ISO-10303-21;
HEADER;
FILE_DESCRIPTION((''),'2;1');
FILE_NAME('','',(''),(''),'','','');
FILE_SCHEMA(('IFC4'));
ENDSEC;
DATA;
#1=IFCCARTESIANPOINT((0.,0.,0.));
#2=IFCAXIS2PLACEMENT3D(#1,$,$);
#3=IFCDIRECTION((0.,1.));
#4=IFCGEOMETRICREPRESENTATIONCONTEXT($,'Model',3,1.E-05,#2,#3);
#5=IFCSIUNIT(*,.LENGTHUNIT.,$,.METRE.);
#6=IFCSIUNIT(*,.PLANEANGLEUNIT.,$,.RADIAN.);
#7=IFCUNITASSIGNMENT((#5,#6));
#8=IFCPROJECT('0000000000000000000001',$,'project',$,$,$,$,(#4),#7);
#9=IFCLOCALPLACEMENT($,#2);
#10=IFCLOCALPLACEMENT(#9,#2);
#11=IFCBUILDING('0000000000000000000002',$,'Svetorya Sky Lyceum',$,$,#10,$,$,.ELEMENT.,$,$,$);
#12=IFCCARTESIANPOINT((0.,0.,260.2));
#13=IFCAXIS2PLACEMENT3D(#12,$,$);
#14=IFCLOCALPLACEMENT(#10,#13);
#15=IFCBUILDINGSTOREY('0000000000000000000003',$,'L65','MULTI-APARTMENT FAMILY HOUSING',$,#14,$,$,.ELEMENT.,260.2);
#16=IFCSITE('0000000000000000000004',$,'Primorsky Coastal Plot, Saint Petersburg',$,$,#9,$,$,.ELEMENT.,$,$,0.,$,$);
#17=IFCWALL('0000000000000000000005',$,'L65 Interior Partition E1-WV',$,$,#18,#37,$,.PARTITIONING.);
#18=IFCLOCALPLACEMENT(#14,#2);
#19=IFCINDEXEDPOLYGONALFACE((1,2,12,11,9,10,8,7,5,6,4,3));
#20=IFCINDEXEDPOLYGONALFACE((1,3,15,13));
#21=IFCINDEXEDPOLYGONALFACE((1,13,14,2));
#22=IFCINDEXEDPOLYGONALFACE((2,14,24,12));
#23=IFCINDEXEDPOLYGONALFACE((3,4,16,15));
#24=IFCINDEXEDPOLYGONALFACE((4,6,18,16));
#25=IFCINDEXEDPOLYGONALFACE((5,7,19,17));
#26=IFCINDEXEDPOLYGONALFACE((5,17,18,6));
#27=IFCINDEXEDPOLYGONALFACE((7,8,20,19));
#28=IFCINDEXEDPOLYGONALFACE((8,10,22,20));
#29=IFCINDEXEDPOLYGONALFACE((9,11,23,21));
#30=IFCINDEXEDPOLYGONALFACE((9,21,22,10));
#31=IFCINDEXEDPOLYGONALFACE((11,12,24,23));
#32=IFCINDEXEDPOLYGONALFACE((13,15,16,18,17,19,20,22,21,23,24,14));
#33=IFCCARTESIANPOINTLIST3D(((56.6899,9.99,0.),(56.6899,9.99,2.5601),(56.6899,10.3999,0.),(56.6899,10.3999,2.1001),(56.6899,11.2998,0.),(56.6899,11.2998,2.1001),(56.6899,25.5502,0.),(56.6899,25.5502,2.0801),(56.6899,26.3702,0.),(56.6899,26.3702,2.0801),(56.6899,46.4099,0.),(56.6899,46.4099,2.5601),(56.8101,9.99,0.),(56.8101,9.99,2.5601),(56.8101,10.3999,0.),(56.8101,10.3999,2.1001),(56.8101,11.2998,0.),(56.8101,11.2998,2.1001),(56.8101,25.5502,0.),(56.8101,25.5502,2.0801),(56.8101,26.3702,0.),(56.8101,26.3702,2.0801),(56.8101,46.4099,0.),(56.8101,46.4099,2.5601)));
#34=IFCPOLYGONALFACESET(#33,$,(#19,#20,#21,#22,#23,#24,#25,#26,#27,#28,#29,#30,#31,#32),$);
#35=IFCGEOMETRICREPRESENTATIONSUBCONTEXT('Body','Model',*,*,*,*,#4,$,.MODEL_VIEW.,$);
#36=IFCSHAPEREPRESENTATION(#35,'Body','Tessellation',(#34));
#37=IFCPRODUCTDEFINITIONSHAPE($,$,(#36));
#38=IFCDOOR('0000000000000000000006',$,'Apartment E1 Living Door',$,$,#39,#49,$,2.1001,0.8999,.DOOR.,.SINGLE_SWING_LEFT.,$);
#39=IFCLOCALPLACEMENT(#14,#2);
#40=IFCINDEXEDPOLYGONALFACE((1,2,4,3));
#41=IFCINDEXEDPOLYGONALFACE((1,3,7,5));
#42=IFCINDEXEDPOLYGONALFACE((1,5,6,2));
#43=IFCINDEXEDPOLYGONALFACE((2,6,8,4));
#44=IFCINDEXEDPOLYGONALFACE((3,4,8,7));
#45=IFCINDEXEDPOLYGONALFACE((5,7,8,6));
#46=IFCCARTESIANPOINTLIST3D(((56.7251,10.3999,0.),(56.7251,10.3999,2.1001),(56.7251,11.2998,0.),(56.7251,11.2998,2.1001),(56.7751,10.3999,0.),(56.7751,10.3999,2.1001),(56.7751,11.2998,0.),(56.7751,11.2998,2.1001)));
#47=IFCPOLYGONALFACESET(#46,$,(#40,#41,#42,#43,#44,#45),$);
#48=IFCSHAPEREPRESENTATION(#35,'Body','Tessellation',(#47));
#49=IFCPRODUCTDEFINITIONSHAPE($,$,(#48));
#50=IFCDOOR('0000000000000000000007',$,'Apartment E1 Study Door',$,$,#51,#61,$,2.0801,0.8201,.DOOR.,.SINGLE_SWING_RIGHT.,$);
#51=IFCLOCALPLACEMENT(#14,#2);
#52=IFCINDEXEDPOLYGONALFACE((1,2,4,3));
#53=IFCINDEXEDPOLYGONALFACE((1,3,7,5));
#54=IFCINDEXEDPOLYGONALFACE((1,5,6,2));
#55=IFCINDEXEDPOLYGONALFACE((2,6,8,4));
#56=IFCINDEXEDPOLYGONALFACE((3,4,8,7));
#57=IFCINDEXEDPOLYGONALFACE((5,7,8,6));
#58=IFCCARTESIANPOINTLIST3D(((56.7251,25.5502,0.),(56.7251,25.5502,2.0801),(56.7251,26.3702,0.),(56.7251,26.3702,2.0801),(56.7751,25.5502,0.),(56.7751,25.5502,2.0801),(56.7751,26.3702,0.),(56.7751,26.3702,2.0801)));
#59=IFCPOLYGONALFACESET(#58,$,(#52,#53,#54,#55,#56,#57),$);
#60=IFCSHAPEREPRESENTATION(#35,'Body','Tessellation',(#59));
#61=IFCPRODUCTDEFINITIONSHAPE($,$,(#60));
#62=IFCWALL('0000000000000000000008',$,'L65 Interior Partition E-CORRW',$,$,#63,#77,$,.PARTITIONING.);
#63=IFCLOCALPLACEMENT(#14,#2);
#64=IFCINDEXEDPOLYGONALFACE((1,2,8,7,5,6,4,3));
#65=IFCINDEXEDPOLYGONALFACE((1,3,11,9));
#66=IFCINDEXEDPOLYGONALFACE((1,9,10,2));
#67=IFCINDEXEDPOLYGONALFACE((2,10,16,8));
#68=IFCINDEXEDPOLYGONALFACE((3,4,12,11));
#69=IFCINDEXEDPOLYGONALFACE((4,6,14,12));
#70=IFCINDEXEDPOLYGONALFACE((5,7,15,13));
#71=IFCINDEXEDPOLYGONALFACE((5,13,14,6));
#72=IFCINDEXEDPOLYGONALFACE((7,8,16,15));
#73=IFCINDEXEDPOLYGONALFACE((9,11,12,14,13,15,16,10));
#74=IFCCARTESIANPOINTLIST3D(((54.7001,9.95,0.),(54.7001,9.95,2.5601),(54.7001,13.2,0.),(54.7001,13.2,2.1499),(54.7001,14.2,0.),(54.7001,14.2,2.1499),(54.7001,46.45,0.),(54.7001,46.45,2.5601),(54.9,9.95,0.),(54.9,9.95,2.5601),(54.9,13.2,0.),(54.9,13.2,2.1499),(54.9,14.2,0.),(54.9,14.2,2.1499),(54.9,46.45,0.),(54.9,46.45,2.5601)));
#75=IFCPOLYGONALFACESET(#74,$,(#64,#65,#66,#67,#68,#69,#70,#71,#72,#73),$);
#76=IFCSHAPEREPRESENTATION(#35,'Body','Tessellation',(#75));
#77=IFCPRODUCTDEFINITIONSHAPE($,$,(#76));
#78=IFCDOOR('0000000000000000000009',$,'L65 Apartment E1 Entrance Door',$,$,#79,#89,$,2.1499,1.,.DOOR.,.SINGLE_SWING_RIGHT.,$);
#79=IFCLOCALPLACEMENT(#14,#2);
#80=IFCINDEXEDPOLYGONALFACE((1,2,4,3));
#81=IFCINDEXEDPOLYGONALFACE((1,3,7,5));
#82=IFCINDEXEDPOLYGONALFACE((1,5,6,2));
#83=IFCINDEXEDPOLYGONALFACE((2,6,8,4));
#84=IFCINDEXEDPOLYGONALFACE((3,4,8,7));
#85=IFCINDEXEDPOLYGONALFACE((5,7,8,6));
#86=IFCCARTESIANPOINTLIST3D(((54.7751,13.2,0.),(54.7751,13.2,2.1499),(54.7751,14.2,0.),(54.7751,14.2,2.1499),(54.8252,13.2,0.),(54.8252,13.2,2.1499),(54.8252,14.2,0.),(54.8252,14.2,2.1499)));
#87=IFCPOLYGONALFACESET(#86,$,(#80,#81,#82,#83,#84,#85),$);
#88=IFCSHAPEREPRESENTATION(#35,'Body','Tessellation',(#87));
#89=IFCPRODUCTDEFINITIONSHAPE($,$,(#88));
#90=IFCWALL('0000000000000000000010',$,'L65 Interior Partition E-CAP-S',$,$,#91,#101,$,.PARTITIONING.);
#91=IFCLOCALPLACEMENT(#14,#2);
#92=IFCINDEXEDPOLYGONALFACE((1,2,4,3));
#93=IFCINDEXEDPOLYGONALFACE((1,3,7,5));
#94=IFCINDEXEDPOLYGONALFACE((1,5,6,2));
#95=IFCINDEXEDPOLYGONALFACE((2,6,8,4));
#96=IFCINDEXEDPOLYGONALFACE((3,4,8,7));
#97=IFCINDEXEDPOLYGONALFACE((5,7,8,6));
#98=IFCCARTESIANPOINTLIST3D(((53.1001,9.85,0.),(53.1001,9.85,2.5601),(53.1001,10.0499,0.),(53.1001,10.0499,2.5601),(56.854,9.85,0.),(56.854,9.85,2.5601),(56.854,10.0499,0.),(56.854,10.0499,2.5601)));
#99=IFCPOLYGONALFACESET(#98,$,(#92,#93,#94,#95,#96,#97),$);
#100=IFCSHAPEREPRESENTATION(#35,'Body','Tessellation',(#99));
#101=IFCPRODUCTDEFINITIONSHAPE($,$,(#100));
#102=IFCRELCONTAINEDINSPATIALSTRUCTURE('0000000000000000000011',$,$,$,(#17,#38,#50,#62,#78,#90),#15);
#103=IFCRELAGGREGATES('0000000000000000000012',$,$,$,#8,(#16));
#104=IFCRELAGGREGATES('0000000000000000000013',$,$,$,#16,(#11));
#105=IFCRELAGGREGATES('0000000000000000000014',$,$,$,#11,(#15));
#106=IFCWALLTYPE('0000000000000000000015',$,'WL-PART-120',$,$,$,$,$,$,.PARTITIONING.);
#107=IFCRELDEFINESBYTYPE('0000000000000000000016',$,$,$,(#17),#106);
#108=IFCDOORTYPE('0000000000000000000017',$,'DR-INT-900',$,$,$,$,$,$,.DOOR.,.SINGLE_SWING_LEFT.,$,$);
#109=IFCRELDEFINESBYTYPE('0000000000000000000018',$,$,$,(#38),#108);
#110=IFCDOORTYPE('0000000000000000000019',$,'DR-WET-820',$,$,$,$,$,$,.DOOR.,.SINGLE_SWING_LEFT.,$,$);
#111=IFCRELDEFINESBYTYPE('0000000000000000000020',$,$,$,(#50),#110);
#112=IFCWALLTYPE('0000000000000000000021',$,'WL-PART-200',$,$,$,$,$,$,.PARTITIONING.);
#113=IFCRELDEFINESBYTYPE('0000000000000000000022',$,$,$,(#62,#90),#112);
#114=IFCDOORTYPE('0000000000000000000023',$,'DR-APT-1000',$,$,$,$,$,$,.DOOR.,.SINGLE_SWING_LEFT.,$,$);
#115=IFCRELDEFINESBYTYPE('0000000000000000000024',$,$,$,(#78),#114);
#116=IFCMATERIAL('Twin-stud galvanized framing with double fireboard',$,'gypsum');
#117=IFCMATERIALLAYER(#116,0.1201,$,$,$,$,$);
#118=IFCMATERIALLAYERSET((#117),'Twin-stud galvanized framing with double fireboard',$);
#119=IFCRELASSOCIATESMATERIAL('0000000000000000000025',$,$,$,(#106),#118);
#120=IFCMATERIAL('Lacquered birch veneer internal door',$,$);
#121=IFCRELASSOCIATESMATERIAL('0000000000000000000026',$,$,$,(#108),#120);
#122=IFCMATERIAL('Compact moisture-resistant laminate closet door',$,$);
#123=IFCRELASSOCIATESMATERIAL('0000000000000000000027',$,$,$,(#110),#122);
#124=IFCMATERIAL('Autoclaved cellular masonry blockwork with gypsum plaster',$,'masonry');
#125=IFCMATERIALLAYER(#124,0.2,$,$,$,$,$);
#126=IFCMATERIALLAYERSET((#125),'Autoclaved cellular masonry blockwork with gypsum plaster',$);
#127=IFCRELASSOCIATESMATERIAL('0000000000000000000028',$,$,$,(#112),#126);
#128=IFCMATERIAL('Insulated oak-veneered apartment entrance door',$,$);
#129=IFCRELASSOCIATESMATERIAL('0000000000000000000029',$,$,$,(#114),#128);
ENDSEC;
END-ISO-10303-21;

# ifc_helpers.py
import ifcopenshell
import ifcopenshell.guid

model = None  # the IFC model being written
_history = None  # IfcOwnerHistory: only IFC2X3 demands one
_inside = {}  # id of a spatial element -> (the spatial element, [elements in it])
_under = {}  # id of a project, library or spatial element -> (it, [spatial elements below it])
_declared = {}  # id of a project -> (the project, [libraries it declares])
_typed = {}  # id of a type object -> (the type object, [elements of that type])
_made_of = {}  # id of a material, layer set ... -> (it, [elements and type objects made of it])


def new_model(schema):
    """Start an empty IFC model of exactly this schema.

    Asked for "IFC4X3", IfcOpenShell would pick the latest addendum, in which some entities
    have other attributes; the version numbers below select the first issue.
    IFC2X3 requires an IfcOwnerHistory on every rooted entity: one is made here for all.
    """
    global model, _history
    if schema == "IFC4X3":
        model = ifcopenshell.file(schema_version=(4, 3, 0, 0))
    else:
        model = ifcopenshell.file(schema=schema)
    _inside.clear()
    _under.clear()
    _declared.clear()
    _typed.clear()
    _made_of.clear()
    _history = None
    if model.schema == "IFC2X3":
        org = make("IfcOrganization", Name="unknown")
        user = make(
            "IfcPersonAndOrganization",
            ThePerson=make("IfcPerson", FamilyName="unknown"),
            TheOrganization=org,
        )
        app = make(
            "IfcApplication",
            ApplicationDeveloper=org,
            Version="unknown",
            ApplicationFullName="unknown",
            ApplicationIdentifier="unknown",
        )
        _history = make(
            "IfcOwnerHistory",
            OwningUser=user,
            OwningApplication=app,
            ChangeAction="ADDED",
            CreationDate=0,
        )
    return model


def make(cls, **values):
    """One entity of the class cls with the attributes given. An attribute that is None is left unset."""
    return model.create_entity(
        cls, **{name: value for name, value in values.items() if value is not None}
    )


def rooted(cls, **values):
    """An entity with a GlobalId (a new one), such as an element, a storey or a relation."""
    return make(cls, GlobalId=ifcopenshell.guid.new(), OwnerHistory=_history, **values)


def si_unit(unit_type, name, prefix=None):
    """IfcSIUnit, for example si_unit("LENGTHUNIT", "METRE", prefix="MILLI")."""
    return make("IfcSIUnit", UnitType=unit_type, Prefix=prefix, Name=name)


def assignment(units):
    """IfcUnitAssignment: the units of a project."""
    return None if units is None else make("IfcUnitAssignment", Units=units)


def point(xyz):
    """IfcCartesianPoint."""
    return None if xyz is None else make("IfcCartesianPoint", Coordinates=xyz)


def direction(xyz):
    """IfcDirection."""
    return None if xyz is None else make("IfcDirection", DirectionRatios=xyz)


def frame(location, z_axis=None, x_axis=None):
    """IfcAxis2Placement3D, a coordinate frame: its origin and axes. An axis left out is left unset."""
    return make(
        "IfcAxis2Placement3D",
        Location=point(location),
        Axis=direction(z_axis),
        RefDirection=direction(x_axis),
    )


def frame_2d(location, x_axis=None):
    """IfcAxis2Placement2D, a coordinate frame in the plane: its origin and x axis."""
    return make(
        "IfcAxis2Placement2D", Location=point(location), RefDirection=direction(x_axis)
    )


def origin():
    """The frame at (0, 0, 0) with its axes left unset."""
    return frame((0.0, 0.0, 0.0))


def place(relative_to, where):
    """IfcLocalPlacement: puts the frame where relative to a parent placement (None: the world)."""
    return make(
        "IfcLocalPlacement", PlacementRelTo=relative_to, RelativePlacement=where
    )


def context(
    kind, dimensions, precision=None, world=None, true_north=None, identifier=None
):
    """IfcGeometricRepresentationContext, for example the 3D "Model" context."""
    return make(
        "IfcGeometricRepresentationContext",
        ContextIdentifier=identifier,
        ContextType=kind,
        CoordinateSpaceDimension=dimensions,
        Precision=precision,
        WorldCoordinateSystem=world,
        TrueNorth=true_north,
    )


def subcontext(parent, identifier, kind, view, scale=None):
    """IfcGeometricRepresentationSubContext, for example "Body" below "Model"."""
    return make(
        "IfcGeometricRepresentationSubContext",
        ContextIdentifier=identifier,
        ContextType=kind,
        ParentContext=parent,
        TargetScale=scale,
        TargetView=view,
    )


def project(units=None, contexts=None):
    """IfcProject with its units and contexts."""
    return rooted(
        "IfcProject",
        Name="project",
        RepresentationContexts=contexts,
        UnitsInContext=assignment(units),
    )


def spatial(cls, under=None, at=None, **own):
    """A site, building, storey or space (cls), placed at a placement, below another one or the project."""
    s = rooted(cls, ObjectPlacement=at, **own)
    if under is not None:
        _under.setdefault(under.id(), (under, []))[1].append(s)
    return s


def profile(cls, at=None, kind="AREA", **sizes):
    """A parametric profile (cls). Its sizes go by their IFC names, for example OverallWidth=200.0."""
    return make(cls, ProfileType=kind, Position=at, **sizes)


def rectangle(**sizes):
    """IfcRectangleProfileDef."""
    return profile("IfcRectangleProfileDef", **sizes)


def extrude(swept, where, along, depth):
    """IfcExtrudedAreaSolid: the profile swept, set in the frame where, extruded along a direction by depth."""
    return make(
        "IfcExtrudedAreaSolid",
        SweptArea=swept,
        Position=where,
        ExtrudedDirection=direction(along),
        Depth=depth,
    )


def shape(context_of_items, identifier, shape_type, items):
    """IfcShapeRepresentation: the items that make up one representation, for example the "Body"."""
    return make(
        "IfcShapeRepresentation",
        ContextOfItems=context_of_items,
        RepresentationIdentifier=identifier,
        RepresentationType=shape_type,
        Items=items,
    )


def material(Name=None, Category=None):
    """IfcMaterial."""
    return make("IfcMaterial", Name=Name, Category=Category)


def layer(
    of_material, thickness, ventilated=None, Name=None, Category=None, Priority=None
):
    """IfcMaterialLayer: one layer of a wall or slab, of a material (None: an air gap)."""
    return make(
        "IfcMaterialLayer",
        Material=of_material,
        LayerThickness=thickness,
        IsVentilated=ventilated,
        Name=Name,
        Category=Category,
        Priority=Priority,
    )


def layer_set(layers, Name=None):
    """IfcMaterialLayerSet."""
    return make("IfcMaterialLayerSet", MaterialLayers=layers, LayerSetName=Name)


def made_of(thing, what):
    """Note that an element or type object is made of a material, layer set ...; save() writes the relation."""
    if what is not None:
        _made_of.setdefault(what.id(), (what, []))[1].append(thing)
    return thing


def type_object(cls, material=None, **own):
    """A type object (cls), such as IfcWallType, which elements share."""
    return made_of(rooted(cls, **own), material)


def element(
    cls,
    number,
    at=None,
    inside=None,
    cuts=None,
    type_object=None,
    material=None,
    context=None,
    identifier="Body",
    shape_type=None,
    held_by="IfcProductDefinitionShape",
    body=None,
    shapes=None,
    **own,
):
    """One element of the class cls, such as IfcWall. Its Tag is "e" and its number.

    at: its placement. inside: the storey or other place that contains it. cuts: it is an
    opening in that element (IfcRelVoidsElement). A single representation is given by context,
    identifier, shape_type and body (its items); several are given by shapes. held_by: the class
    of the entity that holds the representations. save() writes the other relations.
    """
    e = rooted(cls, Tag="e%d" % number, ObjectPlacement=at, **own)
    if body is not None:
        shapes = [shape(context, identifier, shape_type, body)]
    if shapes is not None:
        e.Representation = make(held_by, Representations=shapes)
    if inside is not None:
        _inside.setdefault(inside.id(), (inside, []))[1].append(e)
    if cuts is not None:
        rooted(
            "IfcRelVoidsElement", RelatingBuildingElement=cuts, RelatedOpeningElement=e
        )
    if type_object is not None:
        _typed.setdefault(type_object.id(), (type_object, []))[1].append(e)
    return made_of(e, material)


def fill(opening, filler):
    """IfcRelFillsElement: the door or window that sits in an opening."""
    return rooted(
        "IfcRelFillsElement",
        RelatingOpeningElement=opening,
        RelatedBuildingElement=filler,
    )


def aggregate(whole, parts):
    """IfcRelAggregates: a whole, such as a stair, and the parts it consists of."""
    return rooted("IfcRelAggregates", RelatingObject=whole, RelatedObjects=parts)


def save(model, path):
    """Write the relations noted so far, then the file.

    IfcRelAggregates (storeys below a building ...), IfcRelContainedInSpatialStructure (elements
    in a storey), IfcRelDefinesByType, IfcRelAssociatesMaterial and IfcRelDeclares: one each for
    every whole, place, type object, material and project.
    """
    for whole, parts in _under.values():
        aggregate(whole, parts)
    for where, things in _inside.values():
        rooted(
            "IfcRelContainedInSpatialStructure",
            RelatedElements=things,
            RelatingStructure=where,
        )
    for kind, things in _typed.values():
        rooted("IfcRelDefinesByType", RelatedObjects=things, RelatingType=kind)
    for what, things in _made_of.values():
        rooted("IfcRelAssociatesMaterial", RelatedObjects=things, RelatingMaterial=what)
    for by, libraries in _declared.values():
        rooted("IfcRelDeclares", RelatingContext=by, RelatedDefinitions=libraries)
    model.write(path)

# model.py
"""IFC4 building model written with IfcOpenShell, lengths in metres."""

from ifc_helpers import new_model, si_unit, direction, frame, frame_2d, origin, place, context, subcontext, project, spatial, rectangle, extrude, material, layer, layer_set, type_object, element, fill, save


model = new_model("IFC4")

# Units and contexts
model_context = context("Model", 3, precision=1e-05, world=origin(), true_north=direction((0.0, 1.0)))
body_context = subcontext(model_context, "Body", "Model", "MODEL_VIEW")
ifc_project = project(units=[si_unit("LENGTHUNIT", "METRE"), si_unit("PLANEANGLEUNIT", "RADIAN")], contexts=[model_context])

# Site, building, storey
site_placement = place(None, origin())
site = spatial("IfcSite", under=ifc_project, at=site_placement, Name="Primorsky Coastal Plot, Saint Petersburg", CompositionType="ELEMENT", RefElevation=0.0)
building_placement = place(site_placement, origin())
building = spatial("IfcBuilding", under=site, at=building_placement, Name="Svetorya Sky Lyceum", CompositionType="ELEMENT")
storey_placement = place(building_placement, frame((0.0, 0.0, 260.2)))
storey = spatial("IfcBuildingStorey", under=building, at=storey_placement, Name="L65", Description="MULTI-APARTMENT FAMILY HOUSING", CompositionType="ELEMENT", Elevation=260.2)

# Wall, openings, doors
ifc_material_1 = material(Name="Twin-stud galvanized framing with double fireboard", Category="gypsum")
ifc_layer_1 = layer(ifc_material_1, 0.1201)
ifc_layer_set_1 = layer_set([ifc_layer_1], Name="Twin-stud galvanized framing with double fireboard")
wall_type_1 = type_object("IfcWallType", Name="WL-PART-120", PredefinedType="PARTITIONING", material=ifc_layer_set_1)
wall_1_placement = place(storey_placement, frame((56.75, 9.99, 0.0), z_axis=(0.0, 0.0, 1.0), x_axis=(0.0, 1.0, 0.0)))
wall_1 = element("IfcWall", 1, at=wall_1_placement, inside=storey, type_object=wall_type_1, Name="L65 Interior Partition E1-WV", PredefinedType="PARTITIONING", context=body_context, shape_type="SweptSolid", body=[
    extrude(rectangle(XDim=36.4199, YDim=0.1201, at=frame_2d((18.21, 0.0))), origin(), (0.0, 0.0, 1.0), 2.5601),
])
opening_1_placement = place(wall_1_placement, frame((0.4099, 0.0, 0.0)))
opening_1 = element("IfcOpeningElement", 2, at=opening_1_placement, cuts=wall_1, PredefinedType="OPENING", context=body_context, shape_type="SweptSolid", body=[
    extrude(rectangle(XDim=0.8999, YDim=2.1001, at=frame_2d((0.45, 1.05))), frame((0.0, 0.0701, 0.0), z_axis=(0.0, -1.0, 0.0), x_axis=(1.0, 0.0, 0.0)), (0.0, 0.0, 1.0), 0.1401),
])
opening_2_placement = place(wall_1_placement, frame((15.5601, 0.0, 0.0)))
opening_2 = element("IfcOpeningElement", 3, at=opening_2_placement, cuts=wall_1, PredefinedType="OPENING", context=body_context, shape_type="SweptSolid", body=[
    extrude(rectangle(XDim=0.8201, YDim=2.0801, at=frame_2d((0.4102, 1.04))), frame((0.0, 0.0701, 0.0), z_axis=(0.0, -1.0, 0.0), x_axis=(1.0, 0.0, 0.0)), (0.0, 0.0, 1.0), 0.1401),
])
ifc_material_2 = material(Name="Lacquered birch veneer internal door")
door_type_1 = type_object("IfcDoorType", Name="DR-INT-900", OperationType="SINGLE_SWING_LEFT", PredefinedType="DOOR", material=ifc_material_2)
door_1_placement = place(opening_1_placement, origin())
door_1 = element("IfcDoor", 4, at=door_1_placement, inside=storey, type_object=door_type_1, Name="Apartment E1 Living Door", OperationType="SINGLE_SWING_LEFT", OverallHeight=2.1001, OverallWidth=0.8999, PredefinedType="DOOR", context=body_context, shape_type="SweptSolid", body=[
    extrude(rectangle(XDim=0.8999, YDim=2.1001, at=frame_2d((0.45, 1.05))), frame((0.0, 0.0249, 0.0), z_axis=(0.0, -1.0, 0.0), x_axis=(1.0, 0.0, 0.0)), (0.0, 0.0, 1.0), 0.05),
])
fill(opening_1, door_1)
ifc_material_3 = material(Name="Compact moisture-resistant laminate closet door")
door_type_2 = type_object("IfcDoorType", Name="DR-WET-820", OperationType="SINGLE_SWING_LEFT", PredefinedType="DOOR", material=ifc_material_3)
door_2_placement = place(opening_2_placement, origin())
door_2 = element("IfcDoor", 5, at=door_2_placement, inside=storey, type_object=door_type_2, Name="Apartment E1 Study Door", OperationType="SINGLE_SWING_RIGHT", OverallHeight=2.0801, OverallWidth=0.8201, PredefinedType="DOOR", context=body_context, shape_type="SweptSolid", body=[
    extrude(rectangle(XDim=0.8201, YDim=2.0801, at=frame_2d((0.4102, 1.04))), frame((0.0, 0.0249, 0.0), z_axis=(0.0, -1.0, 0.0), x_axis=(1.0, 0.0, 0.0)), (0.0, 0.0, 1.0), 0.05),
])
fill(opening_2, door_2)

# Wall, opening, door
ifc_material_4 = material(Name="Autoclaved cellular masonry blockwork with gypsum plaster", Category="masonry")
ifc_layer_2 = layer(ifc_material_4, 0.2)
ifc_layer_set_2 = layer_set([ifc_layer_2], Name="Autoclaved cellular masonry blockwork with gypsum plaster")
wall_type_2 = type_object("IfcWallType", Name="WL-PART-200", PredefinedType="PARTITIONING", material=ifc_layer_set_2)
wall_2_placement = place(storey_placement, frame((54.8, 9.95, 0.0), z_axis=(0.0, 0.0, 1.0), x_axis=(0.0, 1.0, 0.0)))
wall_2 = element("IfcWall", 6, at=wall_2_placement, inside=storey, type_object=wall_type_2, Name="L65 Interior Partition E-CORRW", PredefinedType="PARTITIONING", context=body_context, shape_type="SweptSolid", body=[
    extrude(rectangle(XDim=36.5, YDim=0.2, at=frame_2d((18.25, 0.0))), origin(), (0.0, 0.0, 1.0), 2.5601),
])
opening_3_placement = place(wall_2_placement, frame((3.25, 0.0, 0.0)))
opening_3 = element("IfcOpeningElement", 7, at=opening_3_placement, cuts=wall_2, PredefinedType="OPENING", context=body_context, shape_type="SweptSolid", body=[
    extrude(rectangle(XDim=1.0, YDim=2.1499, at=frame_2d((0.5, 1.075))), frame((0.0, 0.1099, 0.0), z_axis=(0.0, -1.0, 0.0), x_axis=(1.0, 0.0, 0.0)), (0.0, 0.0, 1.0), 0.22),
])
ifc_material_5 = material(Name="Insulated oak-veneered apartment entrance door")
door_type_3 = type_object("IfcDoorType", Name="DR-APT-1000", OperationType="SINGLE_SWING_LEFT", PredefinedType="DOOR", material=ifc_material_5)
door_3_placement = place(opening_3_placement, origin())
door_3 = element("IfcDoor", 8, at=door_3_placement, inside=storey, type_object=door_type_3, Name="L65 Apartment E1 Entrance Door", OperationType="SINGLE_SWING_RIGHT", OverallHeight=2.1499, OverallWidth=1.0, PredefinedType="DOOR", context=body_context, shape_type="SweptSolid", body=[
    extrude(rectangle(XDim=1.0, YDim=2.1499, at=frame_2d((0.5, 1.075))), frame((0.0, 0.0249, 0.0), z_axis=(0.0, -1.0, 0.0), x_axis=(1.0, 0.0, 0.0)), (0.0, 0.0, 1.0), 0.05),
])
fill(opening_3, door_3)

# Wall
wall_3_placement = place(storey_placement, frame((53.1001, 9.95, 0.0), z_axis=(0.0, 0.0, 1.0), x_axis=(1.0, 0.0, 0.0)))
element("IfcWall", 9, at=wall_3_placement, inside=storey, type_object=wall_type_2, Name="L65 Interior Partition E-CAP-S", PredefinedType="PARTITIONING", context=body_context, shape_type="SweptSolid", body=[
    extrude(rectangle(XDim=3.7539, YDim=0.2, at=frame_2d((1.877, 0.0))), origin(), (0.0, 0.0, 1.0), 2.5601),
])

save(model, "model.ifc")
